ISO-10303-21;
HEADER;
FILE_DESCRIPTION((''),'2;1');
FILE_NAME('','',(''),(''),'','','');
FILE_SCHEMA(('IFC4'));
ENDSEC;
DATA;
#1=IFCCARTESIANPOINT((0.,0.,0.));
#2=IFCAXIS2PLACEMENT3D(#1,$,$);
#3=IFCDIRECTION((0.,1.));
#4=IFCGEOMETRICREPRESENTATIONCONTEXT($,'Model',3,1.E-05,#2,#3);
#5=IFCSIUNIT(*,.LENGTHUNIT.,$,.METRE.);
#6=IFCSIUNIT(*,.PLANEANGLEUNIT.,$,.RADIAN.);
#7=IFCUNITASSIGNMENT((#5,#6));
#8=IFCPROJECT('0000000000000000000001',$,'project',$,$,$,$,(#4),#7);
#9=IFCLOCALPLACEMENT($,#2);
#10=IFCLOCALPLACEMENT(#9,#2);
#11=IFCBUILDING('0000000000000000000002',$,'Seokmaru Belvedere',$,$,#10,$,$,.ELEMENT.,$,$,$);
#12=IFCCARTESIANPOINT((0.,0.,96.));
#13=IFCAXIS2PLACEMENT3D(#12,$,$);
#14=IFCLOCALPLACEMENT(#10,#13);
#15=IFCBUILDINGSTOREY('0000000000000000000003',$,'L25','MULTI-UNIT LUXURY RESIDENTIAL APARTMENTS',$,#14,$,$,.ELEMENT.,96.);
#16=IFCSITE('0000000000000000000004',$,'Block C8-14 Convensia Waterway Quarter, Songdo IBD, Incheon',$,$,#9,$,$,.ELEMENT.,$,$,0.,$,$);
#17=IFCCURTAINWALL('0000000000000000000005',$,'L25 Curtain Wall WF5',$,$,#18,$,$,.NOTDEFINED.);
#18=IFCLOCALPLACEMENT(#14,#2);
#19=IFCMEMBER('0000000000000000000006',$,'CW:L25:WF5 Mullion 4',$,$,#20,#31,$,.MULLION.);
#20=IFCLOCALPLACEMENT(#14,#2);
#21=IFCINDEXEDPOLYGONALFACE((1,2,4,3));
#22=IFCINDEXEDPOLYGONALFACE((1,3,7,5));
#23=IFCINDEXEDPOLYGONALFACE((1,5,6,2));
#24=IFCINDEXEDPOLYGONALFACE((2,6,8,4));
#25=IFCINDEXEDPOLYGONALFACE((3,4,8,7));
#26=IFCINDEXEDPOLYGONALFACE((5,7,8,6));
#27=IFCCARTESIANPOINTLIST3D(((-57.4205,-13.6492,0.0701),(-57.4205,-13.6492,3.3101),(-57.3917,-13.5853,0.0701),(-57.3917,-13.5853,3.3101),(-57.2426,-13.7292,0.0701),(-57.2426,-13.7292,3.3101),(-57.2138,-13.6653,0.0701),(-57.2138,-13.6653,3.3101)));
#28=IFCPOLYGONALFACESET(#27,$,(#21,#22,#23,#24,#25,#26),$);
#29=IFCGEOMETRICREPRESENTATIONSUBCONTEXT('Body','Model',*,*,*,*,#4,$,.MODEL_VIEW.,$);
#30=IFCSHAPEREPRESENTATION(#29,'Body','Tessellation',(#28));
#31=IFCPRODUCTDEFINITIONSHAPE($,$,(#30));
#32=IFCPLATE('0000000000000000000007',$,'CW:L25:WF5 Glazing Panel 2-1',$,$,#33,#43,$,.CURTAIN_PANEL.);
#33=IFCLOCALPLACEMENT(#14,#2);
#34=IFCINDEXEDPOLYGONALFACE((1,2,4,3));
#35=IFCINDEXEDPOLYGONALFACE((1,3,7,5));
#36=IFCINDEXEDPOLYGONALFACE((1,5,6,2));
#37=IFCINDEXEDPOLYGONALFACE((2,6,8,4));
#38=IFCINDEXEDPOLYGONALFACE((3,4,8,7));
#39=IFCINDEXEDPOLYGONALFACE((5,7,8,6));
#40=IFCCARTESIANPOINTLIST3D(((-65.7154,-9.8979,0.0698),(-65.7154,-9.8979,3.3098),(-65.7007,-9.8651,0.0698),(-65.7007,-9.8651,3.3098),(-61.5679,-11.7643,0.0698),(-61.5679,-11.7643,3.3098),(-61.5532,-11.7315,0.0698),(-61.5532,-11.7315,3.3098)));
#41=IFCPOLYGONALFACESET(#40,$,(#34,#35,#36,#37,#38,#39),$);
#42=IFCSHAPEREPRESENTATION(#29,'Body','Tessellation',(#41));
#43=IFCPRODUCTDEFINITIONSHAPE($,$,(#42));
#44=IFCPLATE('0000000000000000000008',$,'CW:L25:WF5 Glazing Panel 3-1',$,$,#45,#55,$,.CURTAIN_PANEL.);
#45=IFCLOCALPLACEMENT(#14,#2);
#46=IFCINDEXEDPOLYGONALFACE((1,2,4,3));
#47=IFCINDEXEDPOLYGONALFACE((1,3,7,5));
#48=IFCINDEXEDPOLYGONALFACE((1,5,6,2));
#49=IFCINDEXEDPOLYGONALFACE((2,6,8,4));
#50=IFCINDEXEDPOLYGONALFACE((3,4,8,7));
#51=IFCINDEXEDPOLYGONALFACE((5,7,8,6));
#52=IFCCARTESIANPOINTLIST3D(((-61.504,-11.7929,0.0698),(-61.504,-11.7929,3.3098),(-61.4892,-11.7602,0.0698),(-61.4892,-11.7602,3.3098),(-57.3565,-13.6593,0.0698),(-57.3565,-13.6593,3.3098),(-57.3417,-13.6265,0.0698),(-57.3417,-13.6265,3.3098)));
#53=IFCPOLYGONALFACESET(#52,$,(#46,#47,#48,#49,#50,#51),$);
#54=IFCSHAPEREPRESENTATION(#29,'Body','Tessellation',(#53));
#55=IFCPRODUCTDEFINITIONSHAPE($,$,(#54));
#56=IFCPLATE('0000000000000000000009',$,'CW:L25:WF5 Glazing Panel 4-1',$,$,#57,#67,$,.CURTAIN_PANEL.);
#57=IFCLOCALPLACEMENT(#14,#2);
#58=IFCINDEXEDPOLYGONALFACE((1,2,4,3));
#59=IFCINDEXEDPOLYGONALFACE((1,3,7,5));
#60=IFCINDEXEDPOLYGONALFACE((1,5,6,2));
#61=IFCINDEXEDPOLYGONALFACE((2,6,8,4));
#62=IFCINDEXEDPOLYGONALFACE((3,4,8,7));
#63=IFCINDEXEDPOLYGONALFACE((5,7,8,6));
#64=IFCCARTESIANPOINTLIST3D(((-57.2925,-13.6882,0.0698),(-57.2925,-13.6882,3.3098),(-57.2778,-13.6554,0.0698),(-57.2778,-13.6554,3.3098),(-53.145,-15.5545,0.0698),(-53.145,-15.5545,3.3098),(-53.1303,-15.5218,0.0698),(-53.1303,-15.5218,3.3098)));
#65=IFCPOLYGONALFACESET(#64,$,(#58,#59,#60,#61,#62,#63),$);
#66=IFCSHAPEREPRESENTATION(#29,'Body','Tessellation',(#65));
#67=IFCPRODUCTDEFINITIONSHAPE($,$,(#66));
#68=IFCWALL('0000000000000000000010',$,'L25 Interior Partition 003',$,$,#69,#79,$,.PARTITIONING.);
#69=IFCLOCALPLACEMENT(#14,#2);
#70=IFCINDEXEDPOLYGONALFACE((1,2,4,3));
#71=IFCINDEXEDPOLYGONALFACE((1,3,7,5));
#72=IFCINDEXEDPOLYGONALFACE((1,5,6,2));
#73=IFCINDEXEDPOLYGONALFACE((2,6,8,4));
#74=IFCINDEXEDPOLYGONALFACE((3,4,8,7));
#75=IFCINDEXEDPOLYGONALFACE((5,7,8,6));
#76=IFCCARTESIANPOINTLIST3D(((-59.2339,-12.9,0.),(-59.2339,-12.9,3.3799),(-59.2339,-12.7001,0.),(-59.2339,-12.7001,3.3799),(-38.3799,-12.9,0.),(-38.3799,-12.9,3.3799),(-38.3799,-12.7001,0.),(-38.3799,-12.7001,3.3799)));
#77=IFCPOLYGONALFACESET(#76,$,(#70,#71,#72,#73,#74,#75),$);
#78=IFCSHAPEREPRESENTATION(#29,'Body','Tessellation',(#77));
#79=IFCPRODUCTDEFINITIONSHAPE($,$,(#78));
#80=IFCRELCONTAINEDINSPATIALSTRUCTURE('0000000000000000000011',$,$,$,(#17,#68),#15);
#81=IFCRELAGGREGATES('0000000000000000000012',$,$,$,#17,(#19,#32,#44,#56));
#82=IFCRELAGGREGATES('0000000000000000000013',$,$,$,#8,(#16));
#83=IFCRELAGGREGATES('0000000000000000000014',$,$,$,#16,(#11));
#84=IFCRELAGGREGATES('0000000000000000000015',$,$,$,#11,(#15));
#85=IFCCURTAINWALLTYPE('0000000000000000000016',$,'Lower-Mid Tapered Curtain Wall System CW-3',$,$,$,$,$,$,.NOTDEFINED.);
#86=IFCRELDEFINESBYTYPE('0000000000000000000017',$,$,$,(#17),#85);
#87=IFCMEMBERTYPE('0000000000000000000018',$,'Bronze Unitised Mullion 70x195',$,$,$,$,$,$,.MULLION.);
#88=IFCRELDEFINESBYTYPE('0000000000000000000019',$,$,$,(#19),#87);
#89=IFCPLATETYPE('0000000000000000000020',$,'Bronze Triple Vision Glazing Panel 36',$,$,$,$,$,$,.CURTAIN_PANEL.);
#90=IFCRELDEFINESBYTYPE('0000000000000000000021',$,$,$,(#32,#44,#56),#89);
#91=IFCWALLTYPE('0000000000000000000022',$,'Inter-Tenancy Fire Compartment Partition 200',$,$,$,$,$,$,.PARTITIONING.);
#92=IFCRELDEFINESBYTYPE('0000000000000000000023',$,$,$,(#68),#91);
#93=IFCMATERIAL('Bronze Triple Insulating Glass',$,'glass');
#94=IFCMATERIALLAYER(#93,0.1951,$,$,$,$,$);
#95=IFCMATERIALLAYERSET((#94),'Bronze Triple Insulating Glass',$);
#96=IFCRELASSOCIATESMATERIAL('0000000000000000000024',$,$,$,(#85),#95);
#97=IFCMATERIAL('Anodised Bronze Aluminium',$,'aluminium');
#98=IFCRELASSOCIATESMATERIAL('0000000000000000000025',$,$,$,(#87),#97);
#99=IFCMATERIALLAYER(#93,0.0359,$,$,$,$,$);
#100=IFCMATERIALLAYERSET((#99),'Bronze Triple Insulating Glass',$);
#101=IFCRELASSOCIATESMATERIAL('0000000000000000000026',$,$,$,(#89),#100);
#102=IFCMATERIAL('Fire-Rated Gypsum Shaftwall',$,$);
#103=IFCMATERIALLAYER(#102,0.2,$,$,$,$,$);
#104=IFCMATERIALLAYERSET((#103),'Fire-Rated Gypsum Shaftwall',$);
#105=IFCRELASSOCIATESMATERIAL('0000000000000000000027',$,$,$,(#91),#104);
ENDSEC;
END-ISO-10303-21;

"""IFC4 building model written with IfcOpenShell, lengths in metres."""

from ifc_helpers import new_model, si_unit, direction, frame, frame_2d, origin, origin_2d, place, context, subcontext, project, spatial, rectangle, extrude, source, transform, mapped, material, layer, layer_set, material_profile, profile_set, type_object, type_shapes, element, aggregate, save


model = new_model("IFC4")

# Units and contexts
model_context = context("Model", 3, precision=1e-05, world=origin(), true_north=direction((0.0, 1.0)))
body_context = subcontext(model_context, "Body", "Model", "MODEL_VIEW")
ifc_project = project(units=[si_unit("LENGTHUNIT", "METRE"), si_unit("PLANEANGLEUNIT", "RADIAN")], contexts=[model_context])

# Site, building, storey
site_placement = place(None, origin())
site = spatial("IfcSite", under=ifc_project, at=site_placement, Name="Block C8-14 Convensia Waterway Quarter, Songdo IBD, Incheon", CompositionType="ELEMENT", RefElevation=0.0)
building_placement = place(site_placement, origin())
building = spatial("IfcBuilding", under=site, at=building_placement, Name="Seokmaru Belvedere", CompositionType="ELEMENT")
storey_placement = place(building_placement, frame((0.0, 0.0, 96.0)))
storey = spatial("IfcBuildingStorey", under=building, at=storey_placement, Name="L25", Description="MULTI-UNIT LUXURY RESIDENTIAL APARTMENTS", CompositionType="ELEMENT", Elevation=96.0)

# Curtain wall, member, plates
ifc_material_1 = material(Name="Bronze Triple Insulating Glass", Category="glass")
ifc_layer_1 = layer(ifc_material_1, 0.1951)
ifc_layer_set_1 = layer_set([ifc_layer_1], Name="Bronze Triple Insulating Glass")
curtain_wall_type = type_object("IfcCurtainWallType", Name="Lower-Mid Tapered Curtain Wall System CW-3", PredefinedType="NOTDEFINED", material=ifc_layer_set_1)
curtain_wall_placement = place(storey_placement, origin())
curtain_wall = element("IfcCurtainWall", 1, at=curtain_wall_placement, inside=storey, type_object=curtain_wall_type, Name="L25 Curtain Wall WF5", PredefinedType="NOTDEFINED")
ifc_material_2 = material(Name="Anodised Bronze Aluminium", Category="aluminium")
ifc_material_profile_1 = material_profile(ifc_material_2, rectangle(XDim=0.0701, YDim=0.1951, at=origin_2d()), Name="CW-M-70x195")
ifc_profile_set_1 = profile_set([ifc_material_profile_1], Name="Anodised Bronze Aluminium")
member_type = type_object("IfcMemberType", Name="Bronze Unitised Mullion 70x195", PredefinedType="MULLION", material=ifc_profile_set_1)
shared_shape_1 = source(origin(), body_context, "Body", "SweptSolid", [
    extrude(rectangle(XDim=0.0701, YDim=0.1951, at=origin_2d()), origin(), (0.0, 0.0, 1.0), 3.24),
])
type_shapes(member_type, [shared_shape_1])
member_1_placement = place(storey_placement, frame((-57.3171, -13.6572, 0.0701), z_axis=(0.0, 0.0, 1.0), x_axis=(0.410366, 0.911921, 0.0)))
member_1 = element("IfcMember", 2, at=member_1_placement, type_object=member_type, Name="CW:L25:WF5 Mullion 4", PredefinedType="MULLION", context=body_context, shape_type="MappedRepresentation", body=[
    mapped(shared_shape_1, transform((0.0, 0.0, 0.0), scale=1.0)),
])
ifc_layer_2 = layer(ifc_material_1, 0.0359)
ifc_layer_set_2 = layer_set([ifc_layer_2], Name="Bronze Triple Insulating Glass")
plate_type = type_object("IfcPlateType", Name="Bronze Triple Vision Glazing Panel 36", PredefinedType="CURTAIN_PANEL", material=ifc_layer_set_2)
shared_shape_2 = source(origin(), body_context, "Body", "SweptSolid", [
    extrude(rectangle(XDim=4.5481, YDim=0.0359, at=origin_2d()), origin(), (0.0, 0.0, 1.0), 3.24),
])
type_shapes(plate_type, [shared_shape_2])
plate_1_placement = place(storey_placement, frame((-63.6343, -10.8147, 0.0698), z_axis=(0.0, 0.0, 1.0), x_axis=(0.911921, -0.410366, 0.0)))
plate_1 = element("IfcPlate", 3, at=plate_1_placement, type_object=plate_type, Name="CW:L25:WF5 Glazing Panel 2-1", PredefinedType="CURTAIN_PANEL", context=body_context, shape_type="MappedRepresentation", body=[
    mapped(shared_shape_2, transform((0.0, 0.0, 0.0), scale=1.0)),
])
plate_2_placement = place(storey_placement, frame((-59.4229, -12.7097, 0.0698), z_axis=(0.0, 0.0, 1.0), x_axis=(0.911921, -0.410366, 0.0)))
plate_2 = element("IfcPlate", 4, at=plate_2_placement, type_object=plate_type, Name="CW:L25:WF5 Glazing Panel 3-1", PredefinedType="CURTAIN_PANEL", context=body_context, shape_type="MappedRepresentation", body=[
    mapped(shared_shape_2, transform((0.0, 0.0, 0.0), scale=1.0)),
])
plate_3_placement = place(storey_placement, frame((-55.2114, -14.605, 0.0698), z_axis=(0.0, 0.0, 1.0), x_axis=(0.911921, -0.410366, 0.0)))
plate_3 = element("IfcPlate", 5, at=plate_3_placement, type_object=plate_type, Name="CW:L25:WF5 Glazing Panel 4-1", PredefinedType="CURTAIN_PANEL", context=body_context, shape_type="MappedRepresentation", body=[
    mapped(shared_shape_2, transform((0.0, 0.0, 0.0), scale=1.0)),
])
aggregate(curtain_wall, [member_1, plate_1, plate_2, plate_3])

# Shared definitions
ifc_material_3 = material(Name="Fire-Rated Gypsum Shaftwall")

# Wall
ifc_layer_3 = layer(ifc_material_3, 0.2)
ifc_layer_set_3 = layer_set([ifc_layer_3], Name="Fire-Rated Gypsum Shaftwall")
wall_type_1 = type_object("IfcWallType", Name="Inter-Tenancy Fire Compartment Partition 200", PredefinedType="PARTITIONING", material=ifc_layer_set_3)
wall_1_placement = place(storey_placement, frame((-59.2339, -12.8, 0.0), z_axis=(0.0, 0.0, 1.0), x_axis=(1.0, 0.0, 0.0)))
element("IfcWall", 6, at=wall_1_placement, inside=storey, type_object=wall_type_1, Name="L25 Interior Partition 003", PredefinedType="PARTITIONING", context=body_context, shape_type="SweptSolid", body=[
    extrude(rectangle(XDim=20.854, YDim=0.2, at=frame_2d((10.427, 0.0))), origin(), (0.0, 0.0, 1.0), 3.3799),
])

save(model, "model.ifc")
